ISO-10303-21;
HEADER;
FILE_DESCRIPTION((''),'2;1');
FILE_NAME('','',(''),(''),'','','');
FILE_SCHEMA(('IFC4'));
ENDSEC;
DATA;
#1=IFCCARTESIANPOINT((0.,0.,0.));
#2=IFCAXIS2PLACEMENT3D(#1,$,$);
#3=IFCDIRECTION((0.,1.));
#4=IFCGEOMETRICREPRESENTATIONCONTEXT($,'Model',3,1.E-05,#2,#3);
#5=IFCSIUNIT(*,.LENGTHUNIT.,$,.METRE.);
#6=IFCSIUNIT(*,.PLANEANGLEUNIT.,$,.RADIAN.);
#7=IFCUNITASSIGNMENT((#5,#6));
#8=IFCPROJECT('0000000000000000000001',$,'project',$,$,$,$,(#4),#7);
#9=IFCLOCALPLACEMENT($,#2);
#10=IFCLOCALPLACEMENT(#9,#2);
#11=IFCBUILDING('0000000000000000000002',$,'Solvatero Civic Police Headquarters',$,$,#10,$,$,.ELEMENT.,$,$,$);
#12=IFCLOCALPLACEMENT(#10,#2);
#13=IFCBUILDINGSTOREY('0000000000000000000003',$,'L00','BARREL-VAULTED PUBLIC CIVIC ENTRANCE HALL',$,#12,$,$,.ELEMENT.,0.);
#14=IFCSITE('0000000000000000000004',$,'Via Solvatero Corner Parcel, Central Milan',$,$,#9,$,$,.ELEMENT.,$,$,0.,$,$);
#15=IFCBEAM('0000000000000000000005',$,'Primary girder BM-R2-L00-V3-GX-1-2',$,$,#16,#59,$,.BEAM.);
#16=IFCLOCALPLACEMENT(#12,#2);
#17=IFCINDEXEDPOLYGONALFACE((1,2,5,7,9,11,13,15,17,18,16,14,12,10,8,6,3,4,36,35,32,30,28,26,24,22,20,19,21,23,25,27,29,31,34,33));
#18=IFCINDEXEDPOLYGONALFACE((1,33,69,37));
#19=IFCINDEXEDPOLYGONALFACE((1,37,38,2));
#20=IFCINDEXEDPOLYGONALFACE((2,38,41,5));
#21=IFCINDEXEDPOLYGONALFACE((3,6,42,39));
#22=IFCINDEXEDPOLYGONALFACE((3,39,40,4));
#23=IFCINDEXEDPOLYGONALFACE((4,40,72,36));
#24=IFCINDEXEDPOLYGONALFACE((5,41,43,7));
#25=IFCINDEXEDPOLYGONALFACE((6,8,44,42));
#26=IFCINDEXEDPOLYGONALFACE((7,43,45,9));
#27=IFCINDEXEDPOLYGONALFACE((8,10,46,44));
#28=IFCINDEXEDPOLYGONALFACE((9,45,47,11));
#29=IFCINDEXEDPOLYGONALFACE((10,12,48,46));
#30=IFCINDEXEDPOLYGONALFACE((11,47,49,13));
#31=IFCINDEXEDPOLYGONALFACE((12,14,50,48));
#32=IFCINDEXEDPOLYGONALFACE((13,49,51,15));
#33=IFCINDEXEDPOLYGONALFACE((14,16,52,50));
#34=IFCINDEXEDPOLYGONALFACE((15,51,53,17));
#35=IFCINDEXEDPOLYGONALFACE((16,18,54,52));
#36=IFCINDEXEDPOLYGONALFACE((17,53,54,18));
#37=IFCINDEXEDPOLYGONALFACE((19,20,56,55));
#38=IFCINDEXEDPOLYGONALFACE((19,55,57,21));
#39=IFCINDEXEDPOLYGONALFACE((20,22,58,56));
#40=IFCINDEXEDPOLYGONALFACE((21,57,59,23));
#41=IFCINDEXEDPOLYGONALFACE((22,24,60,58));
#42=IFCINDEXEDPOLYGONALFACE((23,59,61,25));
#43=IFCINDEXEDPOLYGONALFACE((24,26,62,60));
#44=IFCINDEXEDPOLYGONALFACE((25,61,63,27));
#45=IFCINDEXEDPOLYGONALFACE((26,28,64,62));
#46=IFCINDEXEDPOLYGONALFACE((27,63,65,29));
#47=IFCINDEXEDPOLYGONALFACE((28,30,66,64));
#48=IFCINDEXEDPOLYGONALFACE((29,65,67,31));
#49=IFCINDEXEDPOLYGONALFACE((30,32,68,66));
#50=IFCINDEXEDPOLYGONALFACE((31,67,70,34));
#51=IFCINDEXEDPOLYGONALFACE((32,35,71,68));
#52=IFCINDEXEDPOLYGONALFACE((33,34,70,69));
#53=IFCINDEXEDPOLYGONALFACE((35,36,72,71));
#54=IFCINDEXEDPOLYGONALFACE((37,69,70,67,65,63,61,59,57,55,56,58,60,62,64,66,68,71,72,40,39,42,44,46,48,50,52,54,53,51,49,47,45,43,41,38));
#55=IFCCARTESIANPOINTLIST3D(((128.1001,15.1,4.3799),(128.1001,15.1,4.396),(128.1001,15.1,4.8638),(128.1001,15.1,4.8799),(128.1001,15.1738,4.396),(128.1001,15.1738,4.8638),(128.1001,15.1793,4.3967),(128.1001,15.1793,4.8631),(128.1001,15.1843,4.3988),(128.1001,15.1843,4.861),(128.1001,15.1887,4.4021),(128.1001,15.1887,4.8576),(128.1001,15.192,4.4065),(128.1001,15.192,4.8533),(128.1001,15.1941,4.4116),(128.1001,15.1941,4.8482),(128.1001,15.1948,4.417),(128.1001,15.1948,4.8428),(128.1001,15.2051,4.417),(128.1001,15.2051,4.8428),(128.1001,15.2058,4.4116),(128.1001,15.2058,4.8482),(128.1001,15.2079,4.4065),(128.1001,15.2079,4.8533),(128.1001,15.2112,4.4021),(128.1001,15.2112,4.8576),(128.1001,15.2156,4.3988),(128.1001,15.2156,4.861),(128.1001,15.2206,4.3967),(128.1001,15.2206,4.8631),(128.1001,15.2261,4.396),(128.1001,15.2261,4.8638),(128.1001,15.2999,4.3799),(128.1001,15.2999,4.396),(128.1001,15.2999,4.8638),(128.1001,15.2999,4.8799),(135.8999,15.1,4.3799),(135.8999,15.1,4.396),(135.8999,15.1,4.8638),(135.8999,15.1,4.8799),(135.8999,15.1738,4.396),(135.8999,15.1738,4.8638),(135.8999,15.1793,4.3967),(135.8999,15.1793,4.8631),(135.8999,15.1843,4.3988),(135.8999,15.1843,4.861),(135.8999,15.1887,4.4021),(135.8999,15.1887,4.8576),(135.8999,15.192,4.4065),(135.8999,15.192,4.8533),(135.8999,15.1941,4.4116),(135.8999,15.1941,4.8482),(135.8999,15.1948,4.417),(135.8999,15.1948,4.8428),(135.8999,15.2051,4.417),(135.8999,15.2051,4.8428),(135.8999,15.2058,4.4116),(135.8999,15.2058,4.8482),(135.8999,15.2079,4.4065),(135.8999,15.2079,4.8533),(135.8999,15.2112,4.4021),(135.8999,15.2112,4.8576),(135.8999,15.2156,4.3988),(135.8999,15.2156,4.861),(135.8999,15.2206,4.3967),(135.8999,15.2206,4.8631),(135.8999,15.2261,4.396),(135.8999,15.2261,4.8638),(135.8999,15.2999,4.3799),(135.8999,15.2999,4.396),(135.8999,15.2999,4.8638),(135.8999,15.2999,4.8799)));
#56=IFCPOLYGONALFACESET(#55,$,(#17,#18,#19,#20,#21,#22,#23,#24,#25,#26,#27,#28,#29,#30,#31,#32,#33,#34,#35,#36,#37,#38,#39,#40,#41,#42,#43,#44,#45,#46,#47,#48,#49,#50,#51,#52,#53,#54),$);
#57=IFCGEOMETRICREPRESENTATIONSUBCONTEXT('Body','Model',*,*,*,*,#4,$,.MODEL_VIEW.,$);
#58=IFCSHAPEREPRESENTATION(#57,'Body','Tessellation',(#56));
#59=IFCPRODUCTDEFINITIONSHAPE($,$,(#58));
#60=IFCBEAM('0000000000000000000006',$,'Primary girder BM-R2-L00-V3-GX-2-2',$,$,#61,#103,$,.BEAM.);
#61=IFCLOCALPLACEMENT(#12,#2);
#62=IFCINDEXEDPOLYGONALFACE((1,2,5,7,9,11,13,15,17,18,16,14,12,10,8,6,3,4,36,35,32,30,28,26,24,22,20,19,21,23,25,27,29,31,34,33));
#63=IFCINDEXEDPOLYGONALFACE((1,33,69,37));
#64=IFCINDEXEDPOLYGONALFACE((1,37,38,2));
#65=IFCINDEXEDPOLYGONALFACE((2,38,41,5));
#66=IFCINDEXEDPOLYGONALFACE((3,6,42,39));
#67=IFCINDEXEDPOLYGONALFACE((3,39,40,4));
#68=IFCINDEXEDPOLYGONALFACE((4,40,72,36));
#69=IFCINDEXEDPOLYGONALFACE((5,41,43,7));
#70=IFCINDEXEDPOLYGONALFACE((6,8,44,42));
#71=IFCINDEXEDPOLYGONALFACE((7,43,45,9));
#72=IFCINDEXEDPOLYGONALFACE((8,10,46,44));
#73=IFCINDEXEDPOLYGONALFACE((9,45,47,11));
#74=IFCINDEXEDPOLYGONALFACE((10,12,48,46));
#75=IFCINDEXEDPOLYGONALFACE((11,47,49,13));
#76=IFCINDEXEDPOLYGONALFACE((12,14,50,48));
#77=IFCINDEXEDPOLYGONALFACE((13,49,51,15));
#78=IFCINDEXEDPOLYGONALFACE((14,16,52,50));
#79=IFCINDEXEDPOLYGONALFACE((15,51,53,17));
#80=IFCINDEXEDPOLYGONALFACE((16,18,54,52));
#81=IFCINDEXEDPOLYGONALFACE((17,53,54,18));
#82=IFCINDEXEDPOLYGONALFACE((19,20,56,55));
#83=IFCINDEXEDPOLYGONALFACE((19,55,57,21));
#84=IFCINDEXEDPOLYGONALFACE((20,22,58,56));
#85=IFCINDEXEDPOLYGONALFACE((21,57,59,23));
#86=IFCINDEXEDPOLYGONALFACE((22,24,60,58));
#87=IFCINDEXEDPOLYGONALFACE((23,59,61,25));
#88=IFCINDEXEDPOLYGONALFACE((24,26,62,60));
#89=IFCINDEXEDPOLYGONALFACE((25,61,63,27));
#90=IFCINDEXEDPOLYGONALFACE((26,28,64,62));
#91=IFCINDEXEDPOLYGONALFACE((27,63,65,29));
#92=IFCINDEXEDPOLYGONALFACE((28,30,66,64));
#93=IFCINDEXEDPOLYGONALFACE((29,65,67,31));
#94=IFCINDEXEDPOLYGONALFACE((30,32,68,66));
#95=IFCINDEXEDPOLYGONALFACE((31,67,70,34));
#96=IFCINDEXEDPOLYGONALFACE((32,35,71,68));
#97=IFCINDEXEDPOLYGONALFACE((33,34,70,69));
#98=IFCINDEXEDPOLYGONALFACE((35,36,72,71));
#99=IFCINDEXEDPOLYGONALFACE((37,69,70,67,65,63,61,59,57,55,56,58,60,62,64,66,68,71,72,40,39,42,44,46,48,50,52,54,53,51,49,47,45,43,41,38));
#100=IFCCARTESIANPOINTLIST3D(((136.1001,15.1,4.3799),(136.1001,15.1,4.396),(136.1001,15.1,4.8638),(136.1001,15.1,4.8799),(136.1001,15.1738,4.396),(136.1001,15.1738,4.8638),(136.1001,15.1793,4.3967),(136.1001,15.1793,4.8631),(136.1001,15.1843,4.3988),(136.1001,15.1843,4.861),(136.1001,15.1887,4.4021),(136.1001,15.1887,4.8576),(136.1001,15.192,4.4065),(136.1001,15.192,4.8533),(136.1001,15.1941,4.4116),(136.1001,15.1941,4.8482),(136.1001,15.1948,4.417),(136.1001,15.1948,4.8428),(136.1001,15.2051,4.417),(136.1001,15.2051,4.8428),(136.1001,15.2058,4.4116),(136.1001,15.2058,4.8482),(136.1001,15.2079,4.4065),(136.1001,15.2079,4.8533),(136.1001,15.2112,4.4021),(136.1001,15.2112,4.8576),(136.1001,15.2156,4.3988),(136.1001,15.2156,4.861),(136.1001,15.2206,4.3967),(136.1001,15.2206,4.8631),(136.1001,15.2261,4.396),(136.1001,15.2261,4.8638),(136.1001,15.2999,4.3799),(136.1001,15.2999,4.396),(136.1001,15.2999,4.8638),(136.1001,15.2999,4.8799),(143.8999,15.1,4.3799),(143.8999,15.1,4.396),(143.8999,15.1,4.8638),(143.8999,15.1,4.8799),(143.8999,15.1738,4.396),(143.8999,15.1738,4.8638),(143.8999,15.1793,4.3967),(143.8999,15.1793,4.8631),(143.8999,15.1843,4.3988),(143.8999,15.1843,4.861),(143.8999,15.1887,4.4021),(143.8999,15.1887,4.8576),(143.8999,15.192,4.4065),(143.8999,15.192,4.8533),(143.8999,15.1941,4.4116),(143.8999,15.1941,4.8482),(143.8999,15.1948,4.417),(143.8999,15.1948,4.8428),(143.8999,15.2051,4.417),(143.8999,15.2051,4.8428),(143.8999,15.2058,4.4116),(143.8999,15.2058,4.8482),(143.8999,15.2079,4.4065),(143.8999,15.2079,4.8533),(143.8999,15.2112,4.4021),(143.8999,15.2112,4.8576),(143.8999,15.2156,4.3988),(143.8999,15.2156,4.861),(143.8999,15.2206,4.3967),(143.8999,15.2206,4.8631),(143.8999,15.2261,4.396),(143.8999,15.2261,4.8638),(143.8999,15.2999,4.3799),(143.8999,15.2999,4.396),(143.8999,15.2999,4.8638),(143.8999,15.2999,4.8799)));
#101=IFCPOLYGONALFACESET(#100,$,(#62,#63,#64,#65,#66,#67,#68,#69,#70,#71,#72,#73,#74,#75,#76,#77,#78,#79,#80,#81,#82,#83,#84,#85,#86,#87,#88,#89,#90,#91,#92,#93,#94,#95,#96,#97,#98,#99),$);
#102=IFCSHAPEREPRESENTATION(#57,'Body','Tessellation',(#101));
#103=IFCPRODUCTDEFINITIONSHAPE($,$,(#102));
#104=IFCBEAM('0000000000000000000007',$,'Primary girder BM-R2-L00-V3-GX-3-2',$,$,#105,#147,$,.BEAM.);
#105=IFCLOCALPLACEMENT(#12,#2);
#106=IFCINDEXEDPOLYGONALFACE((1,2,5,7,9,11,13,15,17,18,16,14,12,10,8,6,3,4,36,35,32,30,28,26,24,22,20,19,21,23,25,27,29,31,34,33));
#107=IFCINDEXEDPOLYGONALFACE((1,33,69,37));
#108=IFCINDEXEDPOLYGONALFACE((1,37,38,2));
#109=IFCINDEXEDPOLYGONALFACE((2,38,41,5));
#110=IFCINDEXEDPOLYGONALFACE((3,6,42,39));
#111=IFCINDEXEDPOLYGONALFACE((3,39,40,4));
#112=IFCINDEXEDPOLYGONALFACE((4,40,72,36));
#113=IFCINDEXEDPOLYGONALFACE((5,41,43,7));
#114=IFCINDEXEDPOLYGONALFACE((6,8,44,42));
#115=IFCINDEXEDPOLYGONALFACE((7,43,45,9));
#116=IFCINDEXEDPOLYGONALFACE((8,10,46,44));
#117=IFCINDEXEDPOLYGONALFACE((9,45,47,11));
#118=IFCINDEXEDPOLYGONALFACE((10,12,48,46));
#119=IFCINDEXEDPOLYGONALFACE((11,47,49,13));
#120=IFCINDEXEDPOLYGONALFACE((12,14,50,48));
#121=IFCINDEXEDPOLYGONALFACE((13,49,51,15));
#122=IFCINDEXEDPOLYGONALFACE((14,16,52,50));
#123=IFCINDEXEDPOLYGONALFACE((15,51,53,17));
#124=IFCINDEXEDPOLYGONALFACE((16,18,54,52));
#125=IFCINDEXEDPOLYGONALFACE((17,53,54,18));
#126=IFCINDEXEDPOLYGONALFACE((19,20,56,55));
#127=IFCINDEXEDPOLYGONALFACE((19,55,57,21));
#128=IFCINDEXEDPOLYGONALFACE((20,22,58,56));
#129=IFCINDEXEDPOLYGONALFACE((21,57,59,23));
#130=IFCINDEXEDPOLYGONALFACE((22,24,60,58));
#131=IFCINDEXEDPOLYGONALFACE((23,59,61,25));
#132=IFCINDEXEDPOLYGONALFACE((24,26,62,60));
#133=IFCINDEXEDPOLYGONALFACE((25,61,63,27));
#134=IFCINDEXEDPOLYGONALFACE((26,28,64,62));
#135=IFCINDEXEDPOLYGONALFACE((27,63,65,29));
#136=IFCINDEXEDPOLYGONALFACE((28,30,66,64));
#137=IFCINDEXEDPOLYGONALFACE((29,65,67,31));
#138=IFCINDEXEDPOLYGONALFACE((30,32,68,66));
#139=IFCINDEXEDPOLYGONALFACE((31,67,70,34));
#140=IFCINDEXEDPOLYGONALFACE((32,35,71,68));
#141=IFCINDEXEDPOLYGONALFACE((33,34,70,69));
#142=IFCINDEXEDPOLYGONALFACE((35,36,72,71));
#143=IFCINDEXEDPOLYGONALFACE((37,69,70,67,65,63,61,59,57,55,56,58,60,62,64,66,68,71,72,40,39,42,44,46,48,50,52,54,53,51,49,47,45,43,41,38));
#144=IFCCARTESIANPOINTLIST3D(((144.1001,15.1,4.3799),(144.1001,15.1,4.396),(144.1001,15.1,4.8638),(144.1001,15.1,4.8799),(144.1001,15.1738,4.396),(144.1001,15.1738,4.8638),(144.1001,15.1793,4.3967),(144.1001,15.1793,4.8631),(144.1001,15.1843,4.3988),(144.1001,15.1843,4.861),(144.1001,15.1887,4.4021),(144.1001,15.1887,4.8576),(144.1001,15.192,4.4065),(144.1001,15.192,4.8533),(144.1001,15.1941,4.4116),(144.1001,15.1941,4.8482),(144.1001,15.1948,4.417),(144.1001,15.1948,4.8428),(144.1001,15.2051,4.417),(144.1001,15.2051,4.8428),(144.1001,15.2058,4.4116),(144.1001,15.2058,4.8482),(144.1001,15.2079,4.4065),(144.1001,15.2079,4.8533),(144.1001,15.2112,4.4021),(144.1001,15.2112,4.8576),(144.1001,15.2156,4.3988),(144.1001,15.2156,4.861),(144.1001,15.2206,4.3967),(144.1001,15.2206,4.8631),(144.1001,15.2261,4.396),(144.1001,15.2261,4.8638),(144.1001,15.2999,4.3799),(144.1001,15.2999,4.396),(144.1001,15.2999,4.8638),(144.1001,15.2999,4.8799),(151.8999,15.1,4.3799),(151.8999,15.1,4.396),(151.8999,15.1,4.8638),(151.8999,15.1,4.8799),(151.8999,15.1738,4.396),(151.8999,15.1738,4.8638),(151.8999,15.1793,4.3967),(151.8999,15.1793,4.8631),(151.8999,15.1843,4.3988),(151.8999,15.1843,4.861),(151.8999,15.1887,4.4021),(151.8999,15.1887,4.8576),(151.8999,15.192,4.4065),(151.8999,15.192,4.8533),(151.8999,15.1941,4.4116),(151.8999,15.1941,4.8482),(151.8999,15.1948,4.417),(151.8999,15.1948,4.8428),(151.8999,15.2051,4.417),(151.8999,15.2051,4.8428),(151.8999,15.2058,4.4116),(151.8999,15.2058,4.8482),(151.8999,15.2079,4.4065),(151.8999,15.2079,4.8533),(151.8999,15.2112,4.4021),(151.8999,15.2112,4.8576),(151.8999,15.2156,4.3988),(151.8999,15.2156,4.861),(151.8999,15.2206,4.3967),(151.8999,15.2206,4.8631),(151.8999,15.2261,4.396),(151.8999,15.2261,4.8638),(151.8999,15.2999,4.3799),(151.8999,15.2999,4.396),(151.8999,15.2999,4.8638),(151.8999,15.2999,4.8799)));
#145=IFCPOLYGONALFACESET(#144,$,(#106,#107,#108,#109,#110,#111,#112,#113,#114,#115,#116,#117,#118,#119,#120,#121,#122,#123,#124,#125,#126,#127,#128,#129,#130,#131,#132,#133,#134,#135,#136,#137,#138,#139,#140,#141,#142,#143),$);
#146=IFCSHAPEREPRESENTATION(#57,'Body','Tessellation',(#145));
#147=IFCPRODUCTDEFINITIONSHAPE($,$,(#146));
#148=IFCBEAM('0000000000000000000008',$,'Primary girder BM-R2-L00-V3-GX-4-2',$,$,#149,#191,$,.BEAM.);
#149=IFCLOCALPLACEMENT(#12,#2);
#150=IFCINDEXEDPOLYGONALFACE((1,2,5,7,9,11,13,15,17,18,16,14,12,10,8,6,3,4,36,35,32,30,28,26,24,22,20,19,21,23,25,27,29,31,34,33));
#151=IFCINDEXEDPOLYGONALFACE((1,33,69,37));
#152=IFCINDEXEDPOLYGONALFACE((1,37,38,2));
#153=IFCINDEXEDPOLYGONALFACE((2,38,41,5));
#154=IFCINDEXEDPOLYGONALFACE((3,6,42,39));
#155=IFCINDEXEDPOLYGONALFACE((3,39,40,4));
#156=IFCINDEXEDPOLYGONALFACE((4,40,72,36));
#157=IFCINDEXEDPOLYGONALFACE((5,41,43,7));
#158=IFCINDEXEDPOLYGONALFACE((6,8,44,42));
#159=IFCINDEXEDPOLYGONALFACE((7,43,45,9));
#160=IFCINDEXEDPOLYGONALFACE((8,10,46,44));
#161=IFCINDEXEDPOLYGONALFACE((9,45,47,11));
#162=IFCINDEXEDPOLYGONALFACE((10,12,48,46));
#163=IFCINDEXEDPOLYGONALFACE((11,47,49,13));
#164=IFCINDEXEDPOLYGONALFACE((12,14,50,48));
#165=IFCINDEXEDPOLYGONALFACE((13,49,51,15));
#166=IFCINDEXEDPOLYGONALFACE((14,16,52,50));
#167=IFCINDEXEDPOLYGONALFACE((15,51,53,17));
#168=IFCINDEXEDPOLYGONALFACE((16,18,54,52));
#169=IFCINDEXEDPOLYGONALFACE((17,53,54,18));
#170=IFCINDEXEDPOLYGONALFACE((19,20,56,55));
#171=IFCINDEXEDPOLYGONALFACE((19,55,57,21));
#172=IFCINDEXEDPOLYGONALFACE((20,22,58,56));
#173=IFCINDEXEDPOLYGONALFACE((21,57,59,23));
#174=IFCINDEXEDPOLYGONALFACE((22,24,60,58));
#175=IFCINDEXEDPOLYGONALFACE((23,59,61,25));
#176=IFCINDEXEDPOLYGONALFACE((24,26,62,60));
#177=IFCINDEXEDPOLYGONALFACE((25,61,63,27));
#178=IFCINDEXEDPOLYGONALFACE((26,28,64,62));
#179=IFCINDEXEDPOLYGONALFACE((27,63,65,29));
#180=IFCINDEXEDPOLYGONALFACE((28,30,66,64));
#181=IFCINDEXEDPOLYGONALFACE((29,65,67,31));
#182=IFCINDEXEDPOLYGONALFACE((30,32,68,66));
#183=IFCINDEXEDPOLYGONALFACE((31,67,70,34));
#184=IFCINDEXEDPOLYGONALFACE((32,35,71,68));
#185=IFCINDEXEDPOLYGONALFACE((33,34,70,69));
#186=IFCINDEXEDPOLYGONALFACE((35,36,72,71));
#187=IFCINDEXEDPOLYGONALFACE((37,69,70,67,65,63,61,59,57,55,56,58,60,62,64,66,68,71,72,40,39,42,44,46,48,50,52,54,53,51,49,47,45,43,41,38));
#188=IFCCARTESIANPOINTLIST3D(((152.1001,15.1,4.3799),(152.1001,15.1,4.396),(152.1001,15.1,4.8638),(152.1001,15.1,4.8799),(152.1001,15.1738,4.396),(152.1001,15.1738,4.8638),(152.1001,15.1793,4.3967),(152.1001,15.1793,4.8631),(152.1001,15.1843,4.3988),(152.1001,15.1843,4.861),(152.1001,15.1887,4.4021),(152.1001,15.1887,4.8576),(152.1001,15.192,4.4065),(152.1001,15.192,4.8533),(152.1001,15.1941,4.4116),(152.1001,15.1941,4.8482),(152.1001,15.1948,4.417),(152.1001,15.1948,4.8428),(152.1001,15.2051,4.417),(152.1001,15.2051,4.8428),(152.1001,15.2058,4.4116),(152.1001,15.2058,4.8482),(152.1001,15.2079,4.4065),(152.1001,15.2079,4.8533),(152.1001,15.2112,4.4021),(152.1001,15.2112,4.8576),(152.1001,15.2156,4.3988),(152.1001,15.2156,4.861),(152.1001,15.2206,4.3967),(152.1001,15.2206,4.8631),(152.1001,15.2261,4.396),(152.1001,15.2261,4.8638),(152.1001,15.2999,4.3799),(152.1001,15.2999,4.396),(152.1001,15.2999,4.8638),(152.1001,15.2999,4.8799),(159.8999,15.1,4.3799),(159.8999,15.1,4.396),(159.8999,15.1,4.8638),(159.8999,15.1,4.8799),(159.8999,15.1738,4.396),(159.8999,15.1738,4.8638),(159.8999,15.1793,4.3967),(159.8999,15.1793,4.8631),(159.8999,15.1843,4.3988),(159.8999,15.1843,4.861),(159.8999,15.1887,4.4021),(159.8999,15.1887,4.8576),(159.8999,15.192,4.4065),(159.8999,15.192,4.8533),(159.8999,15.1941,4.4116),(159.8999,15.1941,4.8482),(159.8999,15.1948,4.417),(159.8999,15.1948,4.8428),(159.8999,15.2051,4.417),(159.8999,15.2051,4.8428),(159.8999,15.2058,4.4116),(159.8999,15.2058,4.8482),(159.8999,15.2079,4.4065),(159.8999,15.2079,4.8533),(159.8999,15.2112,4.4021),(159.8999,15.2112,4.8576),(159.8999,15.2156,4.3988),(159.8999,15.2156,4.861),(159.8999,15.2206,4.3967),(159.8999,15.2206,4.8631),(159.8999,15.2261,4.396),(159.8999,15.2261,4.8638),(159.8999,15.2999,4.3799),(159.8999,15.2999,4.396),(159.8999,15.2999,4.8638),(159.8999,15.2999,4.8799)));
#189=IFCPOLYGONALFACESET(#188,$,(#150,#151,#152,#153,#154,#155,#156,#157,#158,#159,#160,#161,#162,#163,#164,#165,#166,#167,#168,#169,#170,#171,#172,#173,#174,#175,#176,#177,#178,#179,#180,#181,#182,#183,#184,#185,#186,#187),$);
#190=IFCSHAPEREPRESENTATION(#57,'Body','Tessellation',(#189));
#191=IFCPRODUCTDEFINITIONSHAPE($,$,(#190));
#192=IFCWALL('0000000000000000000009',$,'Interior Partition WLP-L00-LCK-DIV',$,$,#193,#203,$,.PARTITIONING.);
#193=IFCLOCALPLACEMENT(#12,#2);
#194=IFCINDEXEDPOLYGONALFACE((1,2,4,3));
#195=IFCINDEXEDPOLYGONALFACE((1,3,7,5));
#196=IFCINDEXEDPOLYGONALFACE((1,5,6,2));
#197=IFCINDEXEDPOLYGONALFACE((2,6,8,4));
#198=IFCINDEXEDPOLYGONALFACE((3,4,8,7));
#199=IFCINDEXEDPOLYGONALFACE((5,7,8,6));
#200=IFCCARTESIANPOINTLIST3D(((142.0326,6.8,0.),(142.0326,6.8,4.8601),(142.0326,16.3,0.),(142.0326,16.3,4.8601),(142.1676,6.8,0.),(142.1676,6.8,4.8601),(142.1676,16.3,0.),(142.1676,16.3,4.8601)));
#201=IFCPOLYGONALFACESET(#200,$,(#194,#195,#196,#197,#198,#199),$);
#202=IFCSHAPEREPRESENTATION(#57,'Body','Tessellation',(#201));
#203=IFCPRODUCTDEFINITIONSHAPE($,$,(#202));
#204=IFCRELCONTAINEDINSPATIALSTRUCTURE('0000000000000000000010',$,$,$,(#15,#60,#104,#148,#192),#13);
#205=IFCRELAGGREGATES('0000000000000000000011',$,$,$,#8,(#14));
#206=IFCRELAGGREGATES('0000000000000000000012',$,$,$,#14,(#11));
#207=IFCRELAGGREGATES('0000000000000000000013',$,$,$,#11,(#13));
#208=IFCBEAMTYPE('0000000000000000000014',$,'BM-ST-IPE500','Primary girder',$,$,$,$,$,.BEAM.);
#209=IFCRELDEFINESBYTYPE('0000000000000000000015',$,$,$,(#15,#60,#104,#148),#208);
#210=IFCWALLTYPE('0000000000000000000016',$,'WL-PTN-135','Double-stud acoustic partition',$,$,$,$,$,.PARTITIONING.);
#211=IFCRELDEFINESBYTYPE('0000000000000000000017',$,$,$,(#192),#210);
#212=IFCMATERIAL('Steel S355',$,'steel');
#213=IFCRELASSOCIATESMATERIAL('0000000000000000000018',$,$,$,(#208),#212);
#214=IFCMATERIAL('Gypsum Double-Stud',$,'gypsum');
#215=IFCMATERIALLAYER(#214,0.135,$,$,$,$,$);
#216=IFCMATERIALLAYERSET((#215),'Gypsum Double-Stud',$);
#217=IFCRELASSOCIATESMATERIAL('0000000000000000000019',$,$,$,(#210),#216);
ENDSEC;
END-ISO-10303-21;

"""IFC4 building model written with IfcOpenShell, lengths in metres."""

from ifc_helpers import new_model, si_unit, direction, frame, frame_2d, origin, origin_2d, place, context, subcontext, project, spatial, rectangle, i_section, extrude, material, layer, layer_set, material_profile, profile_set, type_object, element, save


model = new_model("IFC4")

# Units and contexts
model_context = context("Model", 3, precision=1e-05, world=origin(), true_north=direction((0.0, 1.0)))
body_context = subcontext(model_context, "Body", "Model", "MODEL_VIEW")
ifc_project = project(units=[si_unit("LENGTHUNIT", "METRE"), si_unit("PLANEANGLEUNIT", "RADIAN")], contexts=[model_context])

# Site, building, storey
site_placement = place(None, origin())
site = spatial("IfcSite", under=ifc_project, at=site_placement, Name="Via Solvatero Corner Parcel, Central Milan", CompositionType="ELEMENT", RefElevation=0.0)
building_placement = place(site_placement, origin())
building = spatial("IfcBuilding", under=site, at=building_placement, Name="Solvatero Civic Police Headquarters", CompositionType="ELEMENT")
storey_placement = place(building_placement, origin())
storey = spatial("IfcBuildingStorey", under=building, at=storey_placement, Name="L00", Description="BARREL-VAULTED PUBLIC CIVIC ENTRANCE HALL", CompositionType="ELEMENT", Elevation=0.0)

# Beams
ifc_material_1 = material(Name="Steel S355", Category="steel")
ifc_material_profile_1 = material_profile(ifc_material_1, i_section(OverallWidth=0.2, OverallDepth=0.5, WebThickness=0.0103, FlangeThickness=0.0161, FilletRadius=0.021, at=origin_2d()), Name="IPE 500")
ifc_profile_set_1 = profile_set([ifc_material_profile_1], Name="Steel S355")
beam_type_1 = type_object("IfcBeamType", Name="BM-ST-IPE500", Description="Primary girder", PredefinedType="BEAM", material=ifc_profile_set_1)
for number, where, z_axis, x_axis, name in (
    (1, (128.1001, 15.2, 4.6299), (1.0, 0.0, 0.0), (0.0, 1.0, 0.0), "Primary girder BM-R2-L00-V3-GX-1-2"),
    (2, (136.1001, 15.2, 4.6299), (1.0, 0.0, 0.0), (0.0, 1.0, 0.0), "Primary girder BM-R2-L00-V3-GX-2-2"),
    (3, (144.1001, 15.2, 4.6299), (1.0, 0.0, 0.0), (0.0, 1.0, 0.0), "Primary girder BM-R2-L00-V3-GX-3-2"),
    (4, (152.1001, 15.2, 4.6299), (1.0, 0.0, 0.0), (0.0, 1.0, 0.0), "Primary girder BM-R2-L00-V3-GX-4-2"),
):
    element("IfcBeam", number, at=place(storey_placement, frame(where, z_axis=z_axis, x_axis=x_axis)), inside=storey, type_object=beam_type_1, Name=name, PredefinedType="BEAM", context=body_context, shape_type="SweptSolid", body=[
        extrude(i_section(OverallWidth=0.2, OverallDepth=0.5, WebThickness=0.0103, FlangeThickness=0.0161, FilletRadius=0.021, at=origin_2d()), origin(), (0.0, 0.0, 1.0), 7.7998),
    ])

# Wall
ifc_material_2 = material(Name="Gypsum Double-Stud", Category="gypsum")
ifc_layer_1 = layer(ifc_material_2, 0.135)
ifc_layer_set_1 = layer_set([ifc_layer_1], Name="Gypsum Double-Stud")
wall_type = type_object("IfcWallType", Name="WL-PTN-135", Description="Double-stud acoustic partition", PredefinedType="PARTITIONING", material=ifc_layer_set_1)
wall_placement = place(storey_placement, frame((142.1001, 6.8, 0.0), z_axis=(0.0, 0.0, 1.0), x_axis=(0.0, 1.0, 0.0)))
element("IfcWall", 5, at=wall_placement, inside=storey, type_object=wall_type, Name="Interior Partition WLP-L00-LCK-DIV", PredefinedType="PARTITIONING", context=body_context, shape_type="SweptSolid", body=[
    extrude(rectangle(XDim=9.5, YDim=0.135, at=frame_2d((4.75, 0.0))), origin(), (0.0, 0.0, 1.0), 4.8601),
])

save(model, "model.ifc")
